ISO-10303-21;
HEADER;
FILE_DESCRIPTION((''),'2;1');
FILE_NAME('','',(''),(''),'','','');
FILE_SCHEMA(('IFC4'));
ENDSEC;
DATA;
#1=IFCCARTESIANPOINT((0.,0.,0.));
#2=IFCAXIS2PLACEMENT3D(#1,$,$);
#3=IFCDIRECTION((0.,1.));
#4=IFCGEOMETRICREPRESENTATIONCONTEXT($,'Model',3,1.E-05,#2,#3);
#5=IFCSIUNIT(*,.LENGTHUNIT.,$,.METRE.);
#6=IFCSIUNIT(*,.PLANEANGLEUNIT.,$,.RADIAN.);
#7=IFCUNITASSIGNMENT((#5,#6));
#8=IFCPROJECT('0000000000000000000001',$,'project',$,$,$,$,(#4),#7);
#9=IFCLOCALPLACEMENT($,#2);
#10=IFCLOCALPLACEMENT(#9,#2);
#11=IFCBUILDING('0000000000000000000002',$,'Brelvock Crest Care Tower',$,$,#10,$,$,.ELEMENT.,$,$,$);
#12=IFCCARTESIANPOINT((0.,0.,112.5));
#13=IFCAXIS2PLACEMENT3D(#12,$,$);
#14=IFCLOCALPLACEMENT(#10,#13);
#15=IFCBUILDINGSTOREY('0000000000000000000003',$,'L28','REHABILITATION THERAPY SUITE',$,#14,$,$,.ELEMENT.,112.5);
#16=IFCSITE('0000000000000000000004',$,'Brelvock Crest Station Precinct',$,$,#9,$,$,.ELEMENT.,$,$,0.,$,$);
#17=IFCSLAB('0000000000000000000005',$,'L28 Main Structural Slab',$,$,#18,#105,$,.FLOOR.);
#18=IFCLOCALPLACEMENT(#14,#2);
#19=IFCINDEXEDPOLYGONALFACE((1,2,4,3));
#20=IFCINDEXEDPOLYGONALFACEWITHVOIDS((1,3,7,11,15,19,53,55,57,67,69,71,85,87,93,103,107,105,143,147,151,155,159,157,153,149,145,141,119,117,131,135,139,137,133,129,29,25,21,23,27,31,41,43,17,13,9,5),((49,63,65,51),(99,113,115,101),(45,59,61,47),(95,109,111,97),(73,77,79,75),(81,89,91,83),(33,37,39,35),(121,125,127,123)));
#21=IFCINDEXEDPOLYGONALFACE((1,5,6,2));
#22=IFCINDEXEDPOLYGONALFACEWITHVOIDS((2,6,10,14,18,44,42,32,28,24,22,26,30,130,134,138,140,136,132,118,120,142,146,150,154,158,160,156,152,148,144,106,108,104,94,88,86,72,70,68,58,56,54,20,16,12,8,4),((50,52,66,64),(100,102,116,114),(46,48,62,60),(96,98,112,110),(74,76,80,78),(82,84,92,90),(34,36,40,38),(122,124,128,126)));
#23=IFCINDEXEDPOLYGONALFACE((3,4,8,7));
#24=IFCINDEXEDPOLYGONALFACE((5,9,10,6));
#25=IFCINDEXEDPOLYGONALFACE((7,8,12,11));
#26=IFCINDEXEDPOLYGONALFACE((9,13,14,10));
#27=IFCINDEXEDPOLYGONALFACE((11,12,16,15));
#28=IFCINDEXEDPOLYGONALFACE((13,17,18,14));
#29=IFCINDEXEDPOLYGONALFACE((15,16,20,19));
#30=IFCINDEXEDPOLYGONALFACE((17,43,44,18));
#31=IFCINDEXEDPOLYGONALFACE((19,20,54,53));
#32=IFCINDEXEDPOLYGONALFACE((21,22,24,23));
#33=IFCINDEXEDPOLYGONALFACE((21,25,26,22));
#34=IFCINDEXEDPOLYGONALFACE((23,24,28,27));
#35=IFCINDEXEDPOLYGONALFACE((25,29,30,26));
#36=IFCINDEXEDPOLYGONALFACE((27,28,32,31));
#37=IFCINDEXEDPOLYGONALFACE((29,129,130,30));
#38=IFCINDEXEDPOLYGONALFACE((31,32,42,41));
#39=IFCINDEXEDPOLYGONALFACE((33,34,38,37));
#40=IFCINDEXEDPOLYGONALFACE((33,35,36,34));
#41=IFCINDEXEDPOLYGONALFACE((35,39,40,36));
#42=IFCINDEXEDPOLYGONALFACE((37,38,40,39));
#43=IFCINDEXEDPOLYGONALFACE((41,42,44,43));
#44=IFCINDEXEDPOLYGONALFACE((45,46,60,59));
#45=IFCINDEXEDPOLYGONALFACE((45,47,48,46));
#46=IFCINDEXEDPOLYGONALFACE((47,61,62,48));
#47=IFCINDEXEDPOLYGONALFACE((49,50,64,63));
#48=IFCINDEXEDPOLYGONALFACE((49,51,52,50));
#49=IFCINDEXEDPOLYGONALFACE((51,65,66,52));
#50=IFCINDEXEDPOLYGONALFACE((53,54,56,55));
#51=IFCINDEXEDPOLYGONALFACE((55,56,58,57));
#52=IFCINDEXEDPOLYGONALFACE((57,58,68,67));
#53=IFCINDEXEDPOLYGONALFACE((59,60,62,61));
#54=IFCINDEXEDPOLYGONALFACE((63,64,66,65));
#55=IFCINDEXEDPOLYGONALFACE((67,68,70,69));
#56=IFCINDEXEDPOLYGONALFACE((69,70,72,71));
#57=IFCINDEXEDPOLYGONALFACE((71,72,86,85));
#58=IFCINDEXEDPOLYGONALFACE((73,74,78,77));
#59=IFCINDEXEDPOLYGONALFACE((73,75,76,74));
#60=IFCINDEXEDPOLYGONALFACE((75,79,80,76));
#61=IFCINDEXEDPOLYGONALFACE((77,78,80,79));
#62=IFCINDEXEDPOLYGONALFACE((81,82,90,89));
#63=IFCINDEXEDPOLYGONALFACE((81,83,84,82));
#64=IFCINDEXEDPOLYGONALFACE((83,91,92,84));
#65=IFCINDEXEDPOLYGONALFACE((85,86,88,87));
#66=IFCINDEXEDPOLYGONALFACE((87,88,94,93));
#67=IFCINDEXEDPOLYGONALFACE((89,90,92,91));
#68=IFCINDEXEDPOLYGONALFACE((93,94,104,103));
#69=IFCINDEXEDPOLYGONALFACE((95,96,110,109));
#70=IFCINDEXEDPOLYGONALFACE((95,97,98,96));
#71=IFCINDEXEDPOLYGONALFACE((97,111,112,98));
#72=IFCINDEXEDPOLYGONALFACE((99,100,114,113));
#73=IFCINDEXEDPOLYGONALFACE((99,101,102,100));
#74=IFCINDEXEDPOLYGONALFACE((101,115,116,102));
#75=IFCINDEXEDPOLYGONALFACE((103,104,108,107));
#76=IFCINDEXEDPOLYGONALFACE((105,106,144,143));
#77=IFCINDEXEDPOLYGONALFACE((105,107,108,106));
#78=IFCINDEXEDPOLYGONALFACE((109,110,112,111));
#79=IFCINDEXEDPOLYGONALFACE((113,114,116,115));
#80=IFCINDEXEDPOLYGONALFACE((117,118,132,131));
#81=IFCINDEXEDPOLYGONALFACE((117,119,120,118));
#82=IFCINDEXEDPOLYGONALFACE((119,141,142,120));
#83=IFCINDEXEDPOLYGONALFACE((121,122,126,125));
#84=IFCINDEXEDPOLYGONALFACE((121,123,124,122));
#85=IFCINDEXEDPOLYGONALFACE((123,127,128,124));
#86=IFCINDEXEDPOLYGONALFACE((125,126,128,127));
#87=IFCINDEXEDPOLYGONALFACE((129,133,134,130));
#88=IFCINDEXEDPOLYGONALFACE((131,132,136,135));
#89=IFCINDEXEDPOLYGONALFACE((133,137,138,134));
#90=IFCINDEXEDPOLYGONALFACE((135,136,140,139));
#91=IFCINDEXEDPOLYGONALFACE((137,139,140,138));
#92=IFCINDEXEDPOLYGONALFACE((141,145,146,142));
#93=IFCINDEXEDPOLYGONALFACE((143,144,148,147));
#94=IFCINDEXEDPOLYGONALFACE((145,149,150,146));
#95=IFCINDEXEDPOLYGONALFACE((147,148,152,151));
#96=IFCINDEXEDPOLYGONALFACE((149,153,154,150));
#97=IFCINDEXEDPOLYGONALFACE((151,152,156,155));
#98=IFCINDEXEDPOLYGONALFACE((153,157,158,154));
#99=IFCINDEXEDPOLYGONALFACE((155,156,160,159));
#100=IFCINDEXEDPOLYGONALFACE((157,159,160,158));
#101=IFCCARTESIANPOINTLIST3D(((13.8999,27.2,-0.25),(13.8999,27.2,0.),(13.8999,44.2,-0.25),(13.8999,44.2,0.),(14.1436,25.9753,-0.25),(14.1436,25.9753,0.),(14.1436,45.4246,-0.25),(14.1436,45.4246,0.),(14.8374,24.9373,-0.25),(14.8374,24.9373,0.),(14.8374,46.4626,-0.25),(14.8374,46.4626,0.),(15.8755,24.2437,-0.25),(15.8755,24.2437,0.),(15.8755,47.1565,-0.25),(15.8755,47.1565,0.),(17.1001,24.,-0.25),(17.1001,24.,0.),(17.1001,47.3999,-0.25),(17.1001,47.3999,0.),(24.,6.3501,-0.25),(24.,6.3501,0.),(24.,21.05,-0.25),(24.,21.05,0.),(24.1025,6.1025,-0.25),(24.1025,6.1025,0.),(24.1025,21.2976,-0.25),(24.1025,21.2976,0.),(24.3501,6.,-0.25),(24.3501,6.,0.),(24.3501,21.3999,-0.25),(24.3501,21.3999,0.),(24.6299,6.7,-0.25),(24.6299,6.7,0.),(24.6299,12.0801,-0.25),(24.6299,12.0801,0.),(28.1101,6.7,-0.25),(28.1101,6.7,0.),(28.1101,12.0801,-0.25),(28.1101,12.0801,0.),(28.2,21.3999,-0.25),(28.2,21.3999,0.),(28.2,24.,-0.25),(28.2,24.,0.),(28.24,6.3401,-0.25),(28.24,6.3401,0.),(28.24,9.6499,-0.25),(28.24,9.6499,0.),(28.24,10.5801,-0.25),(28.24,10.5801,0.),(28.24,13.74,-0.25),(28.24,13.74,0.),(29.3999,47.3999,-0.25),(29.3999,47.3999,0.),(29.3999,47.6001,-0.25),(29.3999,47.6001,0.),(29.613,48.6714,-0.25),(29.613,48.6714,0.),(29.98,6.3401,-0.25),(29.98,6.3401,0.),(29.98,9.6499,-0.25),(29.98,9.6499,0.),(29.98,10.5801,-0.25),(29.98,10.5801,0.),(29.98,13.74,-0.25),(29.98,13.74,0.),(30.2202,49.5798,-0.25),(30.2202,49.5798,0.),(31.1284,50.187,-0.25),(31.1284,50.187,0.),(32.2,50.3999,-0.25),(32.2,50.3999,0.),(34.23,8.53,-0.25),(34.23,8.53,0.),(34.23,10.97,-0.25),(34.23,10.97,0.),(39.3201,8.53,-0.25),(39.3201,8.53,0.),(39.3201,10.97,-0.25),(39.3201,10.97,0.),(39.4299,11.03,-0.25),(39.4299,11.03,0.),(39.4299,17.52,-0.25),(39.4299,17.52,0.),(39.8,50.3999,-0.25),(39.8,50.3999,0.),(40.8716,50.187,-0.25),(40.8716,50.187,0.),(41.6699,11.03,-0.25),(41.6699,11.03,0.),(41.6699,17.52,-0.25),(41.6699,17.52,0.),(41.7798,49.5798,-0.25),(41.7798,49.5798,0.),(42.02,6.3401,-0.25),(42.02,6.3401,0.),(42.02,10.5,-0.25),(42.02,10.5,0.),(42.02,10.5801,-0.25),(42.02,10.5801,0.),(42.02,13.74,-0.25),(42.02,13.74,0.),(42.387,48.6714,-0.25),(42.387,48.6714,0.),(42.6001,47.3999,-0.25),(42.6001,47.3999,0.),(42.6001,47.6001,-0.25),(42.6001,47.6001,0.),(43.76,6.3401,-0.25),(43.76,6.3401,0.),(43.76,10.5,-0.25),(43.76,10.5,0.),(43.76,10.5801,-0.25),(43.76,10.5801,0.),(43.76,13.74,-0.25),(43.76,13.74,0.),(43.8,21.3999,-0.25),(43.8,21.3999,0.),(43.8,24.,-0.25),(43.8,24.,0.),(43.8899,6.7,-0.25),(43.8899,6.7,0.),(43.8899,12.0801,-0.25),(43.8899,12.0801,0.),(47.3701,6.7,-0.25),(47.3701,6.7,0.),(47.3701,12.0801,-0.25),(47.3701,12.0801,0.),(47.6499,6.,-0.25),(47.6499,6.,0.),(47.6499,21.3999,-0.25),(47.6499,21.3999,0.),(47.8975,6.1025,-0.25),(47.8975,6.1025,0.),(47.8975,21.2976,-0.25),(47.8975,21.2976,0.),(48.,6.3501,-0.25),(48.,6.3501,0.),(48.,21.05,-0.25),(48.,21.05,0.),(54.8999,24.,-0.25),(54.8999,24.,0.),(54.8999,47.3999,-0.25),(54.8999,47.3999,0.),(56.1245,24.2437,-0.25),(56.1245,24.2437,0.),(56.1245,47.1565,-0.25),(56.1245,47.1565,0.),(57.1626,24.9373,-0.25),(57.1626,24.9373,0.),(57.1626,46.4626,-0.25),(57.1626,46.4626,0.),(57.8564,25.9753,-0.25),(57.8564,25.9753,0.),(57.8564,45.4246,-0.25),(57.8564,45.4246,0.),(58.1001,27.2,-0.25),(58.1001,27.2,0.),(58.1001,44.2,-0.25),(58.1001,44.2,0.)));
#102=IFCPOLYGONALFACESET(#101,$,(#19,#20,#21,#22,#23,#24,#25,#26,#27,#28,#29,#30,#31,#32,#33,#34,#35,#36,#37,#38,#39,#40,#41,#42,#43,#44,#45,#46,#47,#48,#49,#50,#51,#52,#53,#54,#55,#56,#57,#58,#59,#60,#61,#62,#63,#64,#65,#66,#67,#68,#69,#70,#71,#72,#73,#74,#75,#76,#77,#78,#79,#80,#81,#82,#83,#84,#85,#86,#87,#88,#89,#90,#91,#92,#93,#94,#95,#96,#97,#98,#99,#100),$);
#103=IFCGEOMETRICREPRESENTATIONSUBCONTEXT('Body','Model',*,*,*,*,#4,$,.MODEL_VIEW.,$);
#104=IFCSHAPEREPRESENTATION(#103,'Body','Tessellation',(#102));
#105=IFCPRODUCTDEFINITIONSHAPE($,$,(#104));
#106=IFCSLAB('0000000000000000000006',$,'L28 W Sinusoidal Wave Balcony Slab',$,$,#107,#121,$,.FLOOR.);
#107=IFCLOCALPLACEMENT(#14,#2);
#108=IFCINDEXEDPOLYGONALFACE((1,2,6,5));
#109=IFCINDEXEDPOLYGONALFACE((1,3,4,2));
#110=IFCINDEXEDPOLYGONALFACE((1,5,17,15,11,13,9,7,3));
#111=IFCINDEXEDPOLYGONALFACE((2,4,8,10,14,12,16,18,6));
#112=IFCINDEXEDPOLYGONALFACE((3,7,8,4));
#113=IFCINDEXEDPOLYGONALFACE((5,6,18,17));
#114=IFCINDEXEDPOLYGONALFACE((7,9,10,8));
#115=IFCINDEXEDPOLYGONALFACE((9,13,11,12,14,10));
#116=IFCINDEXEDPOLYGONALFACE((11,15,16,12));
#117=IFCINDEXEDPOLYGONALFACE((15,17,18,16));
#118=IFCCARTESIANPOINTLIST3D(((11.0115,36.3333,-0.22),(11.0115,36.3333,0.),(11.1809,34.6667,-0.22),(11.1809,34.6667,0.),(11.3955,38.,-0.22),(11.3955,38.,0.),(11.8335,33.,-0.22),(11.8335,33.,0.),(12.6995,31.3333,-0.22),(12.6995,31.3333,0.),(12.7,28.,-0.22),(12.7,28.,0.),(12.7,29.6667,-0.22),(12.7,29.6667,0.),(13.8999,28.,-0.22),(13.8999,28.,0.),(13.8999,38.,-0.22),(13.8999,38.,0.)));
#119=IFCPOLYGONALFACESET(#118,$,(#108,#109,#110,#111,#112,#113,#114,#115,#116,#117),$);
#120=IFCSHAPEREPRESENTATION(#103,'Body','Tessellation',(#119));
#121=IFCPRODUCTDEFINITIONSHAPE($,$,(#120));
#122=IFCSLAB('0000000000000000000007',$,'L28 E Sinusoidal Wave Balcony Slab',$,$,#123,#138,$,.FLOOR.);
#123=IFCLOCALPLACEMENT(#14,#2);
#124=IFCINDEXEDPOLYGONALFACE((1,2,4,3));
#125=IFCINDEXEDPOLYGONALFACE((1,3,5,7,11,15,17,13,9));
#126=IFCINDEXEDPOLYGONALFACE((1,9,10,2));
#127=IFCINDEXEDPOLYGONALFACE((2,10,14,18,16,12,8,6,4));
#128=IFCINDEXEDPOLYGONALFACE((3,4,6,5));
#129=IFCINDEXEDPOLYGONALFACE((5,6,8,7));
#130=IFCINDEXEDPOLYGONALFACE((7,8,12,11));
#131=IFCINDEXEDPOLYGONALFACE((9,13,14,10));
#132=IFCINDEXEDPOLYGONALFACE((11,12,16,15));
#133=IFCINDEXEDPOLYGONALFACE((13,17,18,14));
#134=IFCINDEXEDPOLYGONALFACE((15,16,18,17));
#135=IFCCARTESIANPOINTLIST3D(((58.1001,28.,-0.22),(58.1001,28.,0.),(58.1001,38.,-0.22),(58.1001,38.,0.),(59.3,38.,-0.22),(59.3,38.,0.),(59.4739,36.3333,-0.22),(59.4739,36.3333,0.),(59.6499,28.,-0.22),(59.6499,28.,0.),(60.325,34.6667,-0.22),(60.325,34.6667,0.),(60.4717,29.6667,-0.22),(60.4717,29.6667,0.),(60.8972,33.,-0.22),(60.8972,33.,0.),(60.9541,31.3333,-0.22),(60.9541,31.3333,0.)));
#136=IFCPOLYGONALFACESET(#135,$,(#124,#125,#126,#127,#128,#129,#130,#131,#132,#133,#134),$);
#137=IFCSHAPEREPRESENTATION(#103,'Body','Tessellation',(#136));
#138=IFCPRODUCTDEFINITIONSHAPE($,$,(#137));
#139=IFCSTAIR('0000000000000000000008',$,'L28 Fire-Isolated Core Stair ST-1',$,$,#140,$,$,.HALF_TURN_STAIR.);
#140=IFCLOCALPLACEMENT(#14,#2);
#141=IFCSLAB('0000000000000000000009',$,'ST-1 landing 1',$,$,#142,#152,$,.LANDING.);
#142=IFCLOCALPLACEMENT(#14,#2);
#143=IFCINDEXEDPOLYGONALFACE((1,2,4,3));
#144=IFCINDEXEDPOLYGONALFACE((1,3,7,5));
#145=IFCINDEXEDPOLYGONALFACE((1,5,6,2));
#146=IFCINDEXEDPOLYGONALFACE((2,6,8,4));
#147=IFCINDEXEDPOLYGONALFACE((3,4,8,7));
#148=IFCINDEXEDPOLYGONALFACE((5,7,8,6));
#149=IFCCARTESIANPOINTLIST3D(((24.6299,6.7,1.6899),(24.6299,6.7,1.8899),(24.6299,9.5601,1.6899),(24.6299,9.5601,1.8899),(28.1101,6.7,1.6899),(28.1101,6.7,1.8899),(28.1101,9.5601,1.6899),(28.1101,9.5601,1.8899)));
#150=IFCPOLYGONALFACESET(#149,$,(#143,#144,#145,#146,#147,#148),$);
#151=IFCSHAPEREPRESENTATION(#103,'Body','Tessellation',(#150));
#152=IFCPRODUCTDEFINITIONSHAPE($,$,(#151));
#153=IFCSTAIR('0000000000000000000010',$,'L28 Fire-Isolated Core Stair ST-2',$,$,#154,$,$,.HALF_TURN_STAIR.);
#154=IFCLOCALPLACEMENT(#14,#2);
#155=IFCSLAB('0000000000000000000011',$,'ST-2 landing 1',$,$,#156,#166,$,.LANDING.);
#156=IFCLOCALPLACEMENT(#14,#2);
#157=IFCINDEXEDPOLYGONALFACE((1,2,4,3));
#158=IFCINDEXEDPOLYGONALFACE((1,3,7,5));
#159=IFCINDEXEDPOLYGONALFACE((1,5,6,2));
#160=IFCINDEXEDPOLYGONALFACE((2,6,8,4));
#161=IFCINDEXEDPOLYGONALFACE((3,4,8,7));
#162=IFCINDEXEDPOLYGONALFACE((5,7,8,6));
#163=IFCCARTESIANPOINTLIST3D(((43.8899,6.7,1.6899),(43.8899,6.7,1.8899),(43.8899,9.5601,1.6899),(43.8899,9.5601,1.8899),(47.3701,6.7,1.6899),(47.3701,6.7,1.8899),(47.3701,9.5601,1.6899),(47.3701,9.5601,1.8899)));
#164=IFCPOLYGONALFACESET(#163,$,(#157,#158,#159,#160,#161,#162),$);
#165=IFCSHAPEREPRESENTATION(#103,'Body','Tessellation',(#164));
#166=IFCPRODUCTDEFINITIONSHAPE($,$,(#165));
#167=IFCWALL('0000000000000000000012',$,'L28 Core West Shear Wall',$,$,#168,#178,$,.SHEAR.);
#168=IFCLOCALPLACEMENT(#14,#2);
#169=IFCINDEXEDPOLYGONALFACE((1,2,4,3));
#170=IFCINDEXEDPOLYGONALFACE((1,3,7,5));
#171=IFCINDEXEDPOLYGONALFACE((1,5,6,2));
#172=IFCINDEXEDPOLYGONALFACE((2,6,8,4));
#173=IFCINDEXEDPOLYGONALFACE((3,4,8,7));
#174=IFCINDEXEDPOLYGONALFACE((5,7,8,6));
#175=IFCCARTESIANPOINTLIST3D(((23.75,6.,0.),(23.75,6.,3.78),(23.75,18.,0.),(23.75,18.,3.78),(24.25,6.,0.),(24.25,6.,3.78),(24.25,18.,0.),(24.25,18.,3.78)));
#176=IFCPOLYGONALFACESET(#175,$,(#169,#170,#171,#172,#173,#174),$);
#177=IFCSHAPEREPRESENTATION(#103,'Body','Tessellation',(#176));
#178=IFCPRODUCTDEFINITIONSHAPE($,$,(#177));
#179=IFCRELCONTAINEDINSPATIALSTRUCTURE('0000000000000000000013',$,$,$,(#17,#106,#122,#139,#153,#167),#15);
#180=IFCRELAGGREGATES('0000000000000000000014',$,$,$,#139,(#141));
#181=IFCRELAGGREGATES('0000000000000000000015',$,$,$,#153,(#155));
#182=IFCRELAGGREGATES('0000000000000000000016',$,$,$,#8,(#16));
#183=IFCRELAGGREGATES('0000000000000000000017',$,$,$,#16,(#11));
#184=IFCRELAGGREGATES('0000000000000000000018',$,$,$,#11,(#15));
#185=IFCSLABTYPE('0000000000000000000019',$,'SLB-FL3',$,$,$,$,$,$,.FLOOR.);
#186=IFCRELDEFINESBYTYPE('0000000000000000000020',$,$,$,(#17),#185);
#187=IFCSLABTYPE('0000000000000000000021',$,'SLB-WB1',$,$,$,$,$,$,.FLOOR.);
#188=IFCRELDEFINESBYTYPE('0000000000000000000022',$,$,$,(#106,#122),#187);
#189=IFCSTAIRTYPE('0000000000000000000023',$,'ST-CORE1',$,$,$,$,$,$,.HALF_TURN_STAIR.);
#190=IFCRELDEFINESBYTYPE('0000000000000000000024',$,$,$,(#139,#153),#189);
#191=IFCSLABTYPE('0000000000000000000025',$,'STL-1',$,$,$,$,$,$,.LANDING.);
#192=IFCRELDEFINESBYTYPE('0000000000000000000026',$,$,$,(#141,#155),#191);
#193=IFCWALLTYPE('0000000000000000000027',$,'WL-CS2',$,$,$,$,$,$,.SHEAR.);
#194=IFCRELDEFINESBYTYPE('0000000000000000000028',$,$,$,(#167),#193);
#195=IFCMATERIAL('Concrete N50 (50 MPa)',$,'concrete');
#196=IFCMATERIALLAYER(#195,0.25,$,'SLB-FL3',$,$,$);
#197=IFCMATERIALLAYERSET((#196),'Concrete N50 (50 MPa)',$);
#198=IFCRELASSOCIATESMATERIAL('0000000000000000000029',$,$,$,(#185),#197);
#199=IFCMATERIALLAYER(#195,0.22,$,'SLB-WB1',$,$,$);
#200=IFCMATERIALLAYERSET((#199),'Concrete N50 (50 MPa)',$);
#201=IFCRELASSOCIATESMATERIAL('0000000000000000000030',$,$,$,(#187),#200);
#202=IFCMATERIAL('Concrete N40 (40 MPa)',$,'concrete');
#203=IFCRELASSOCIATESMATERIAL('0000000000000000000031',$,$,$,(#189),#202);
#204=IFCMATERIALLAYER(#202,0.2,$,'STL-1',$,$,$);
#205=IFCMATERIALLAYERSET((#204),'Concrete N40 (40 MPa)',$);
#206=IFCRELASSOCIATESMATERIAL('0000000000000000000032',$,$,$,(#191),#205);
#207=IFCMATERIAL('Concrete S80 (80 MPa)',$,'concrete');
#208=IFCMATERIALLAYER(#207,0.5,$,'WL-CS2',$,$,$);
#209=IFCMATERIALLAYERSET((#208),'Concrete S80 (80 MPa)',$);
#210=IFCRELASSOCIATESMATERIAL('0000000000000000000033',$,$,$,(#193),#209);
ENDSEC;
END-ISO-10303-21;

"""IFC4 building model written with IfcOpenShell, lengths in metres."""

from ifc_helpers import new_model, si_unit, direction, frame, frame_2d, origin, place, context, subcontext, project, spatial, polyline, rectangle, outline, extrude, material, layer, layer_set, type_object, element, aggregate, save


model = new_model("IFC4")

# Units and contexts
model_context = context("Model", 3, precision=1e-05, world=origin(), true_north=direction((0.0, 1.0)))
body_context = subcontext(model_context, "Body", "Model", "MODEL_VIEW")
ifc_project = project(units=[si_unit("LENGTHUNIT", "METRE"), si_unit("PLANEANGLEUNIT", "RADIAN")], contexts=[model_context])

# Site, building, storey
site_placement = place(None, origin())
site = spatial("IfcSite", under=ifc_project, at=site_placement, Name="Brelvock Crest Station Precinct", CompositionType="ELEMENT", RefElevation=0.0)
building_placement = place(site_placement, origin())
building = spatial("IfcBuilding", under=site, at=building_placement, Name="Brelvock Crest Care Tower", CompositionType="ELEMENT")
storey_placement = place(building_placement, frame((0.0, 0.0, 112.5)))
storey = spatial("IfcBuildingStorey", under=building, at=storey_placement, Name="L28", Description="REHABILITATION THERAPY SUITE", CompositionType="ELEMENT", Elevation=112.5)

# Shared definitions
ifc_material_1 = material(Name="Concrete S80 (80 MPa)", Category="concrete")

# Slabs
ifc_material_2 = material(Name="Concrete N50 (50 MPa)", Category="concrete")
ifc_layer_1 = layer(ifc_material_2, 0.25, Name="SLB-FL3")
ifc_layer_set_1 = layer_set([ifc_layer_1], Name="Concrete N50 (50 MPa)")
slab_type_1 = type_object("IfcSlabType", Name="SLB-FL3", PredefinedType="FLOOR", material=ifc_layer_set_1)
slab_1_placement = place(storey_placement, frame((0.0, 0.0, -0.25)))
element("IfcSlab", 1, at=slab_1_placement, inside=storey, type_object=slab_type_1, Name="L28 Main Structural Slab", PredefinedType="FLOOR", context=body_context, shape_type="SweptSolid", body=[
    extrude(outline(polyline([(47.6499, 21.3999), (43.8, 21.3999), (43.8, 24.0), (54.8999, 24.0), (56.1245, 24.2437), (57.1626, 24.9373), (57.8564, 25.9753), (58.1001, 27.2), (58.1001, 44.2), (57.8564, 45.4246), (57.1626, 46.4626), (56.1245, 47.1565), (54.8999, 47.3999), (42.6001, 47.3999), (42.6001, 47.6001), (42.387, 48.6714), (41.7798, 49.5798), (40.8716, 50.187), (39.8, 50.3999), (32.2, 50.3999), (31.1284, 50.187), (30.2202, 49.5798), (29.613, 48.6714), (29.3999, 47.6001), (29.3999, 47.3999), (17.1001, 47.3999), (15.8755, 47.1565), (14.8374, 46.4626), (14.1436, 45.4246), (13.8999, 44.2), (13.8999, 27.2), (14.1436, 25.9753), (14.8374, 24.9373), (15.8755, 24.2437), (17.1001, 24.0), (28.2, 24.0), (28.2, 21.3999), (24.3501, 21.3999), (24.1025, 21.2976), (24.0, 21.05), (24.0, 6.3501), (24.1025, 6.1025), (24.3501, 6.0), (47.6499, 6.0), (47.8975, 6.1025), (48.0, 6.3501), (48.0, 21.05), (47.8975, 21.2976), (47.6499, 21.3999)]), holes=[polyline([(28.24, 10.5801), (29.98, 10.5801), (29.98, 13.74), (28.24, 13.74), (28.24, 10.5801)]), polyline([(42.02, 10.5801), (43.76, 10.5801), (43.76, 13.74), (42.02, 13.74), (42.02, 10.5801)]), polyline([(28.24, 6.3401), (29.98, 6.3401), (29.98, 9.6499), (28.24, 9.6499), (28.24, 6.3401)]), polyline([(24.6299, 12.0801), (24.6299, 6.7), (28.1101, 6.7), (28.1101, 12.0801), (24.6299, 12.0801)]), polyline([(43.8899, 12.0801), (43.8899, 6.7), (47.3701, 6.7), (47.3701, 12.0801), (43.8899, 12.0801)]), polyline([(42.02, 6.3401), (43.76, 6.3401), (43.76, 10.5), (42.02, 10.5), (42.02, 6.3401)]), polyline([(34.23, 8.53), (39.3201, 8.53), (39.3201, 10.97), (34.23, 10.97), (34.23, 8.53)]), polyline([(39.4299, 11.03), (41.6699, 11.03), (41.6699, 17.52), (39.4299, 17.52), (39.4299, 11.03)])]), origin(), (0.0, 0.0, 1.0), 0.25),
])
ifc_layer_2 = layer(ifc_material_2, 0.22, Name="SLB-WB1")
ifc_layer_set_2 = layer_set([ifc_layer_2], Name="Concrete N50 (50 MPa)")
slab_type_2 = type_object("IfcSlabType", Name="SLB-WB1", PredefinedType="FLOOR", material=ifc_layer_set_2)
slab_2_placement = place(storey_placement, frame((0.0, 0.0, -0.22)))
element("IfcSlab", 2, at=slab_2_placement, inside=storey, type_object=slab_type_2, Name="L28 W Sinusoidal Wave Balcony Slab", PredefinedType="FLOOR", context=body_context, shape_type="SweptSolid", body=[
    extrude(outline(polyline([(13.8999, 38.0), (11.3955, 38.0), (11.0115, 36.3333), (11.1809, 34.6667), (11.8335, 33.0), (12.6995, 31.3333), (12.7, 29.6667), (12.7, 28.0), (13.8999, 28.0), (13.8999, 38.0)])), origin(), (0.0, 0.0, 1.0), 0.22),
])
slab_3_placement = place(storey_placement, frame((0.0, 0.0, -0.22)))
element("IfcSlab", 3, at=slab_3_placement, inside=storey, type_object=slab_type_2, Name="L28 E Sinusoidal Wave Balcony Slab", PredefinedType="FLOOR", context=body_context, shape_type="SweptSolid", body=[
    extrude(outline(polyline([(58.1001, 28.0), (59.6499, 28.0), (60.4717, 29.6667), (60.9541, 31.3333), (60.8972, 33.0), (60.325, 34.6667), (59.4739, 36.3333), (59.3, 38.0), (58.1001, 38.0), (58.1001, 28.0)])), origin(), (0.0, 0.0, 1.0), 0.22),
])

# Stairs, slabs
ifc_material_3 = material(Name="Concrete N40 (40 MPa)", Category="concrete")
stair_type = type_object("IfcStairType", Name="ST-CORE1", PredefinedType="HALF_TURN_STAIR", material=ifc_material_3)
stair_1_placement = place(storey_placement, origin())
stair_1 = element("IfcStair", 4, at=stair_1_placement, inside=storey, type_object=stair_type, Name="L28 Fire-Isolated Core Stair ST-1", PredefinedType="HALF_TURN_STAIR")
ifc_layer_3 = layer(ifc_material_3, 0.2, Name="STL-1")
ifc_layer_set_3 = layer_set([ifc_layer_3], Name="Concrete N40 (40 MPa)")
slab_type_3 = type_object("IfcSlabType", Name="STL-1", PredefinedType="LANDING", material=ifc_layer_set_3)
slab_4_placement = place(storey_placement, frame((0.0, 0.0, 1.6899)))
slab_4 = element("IfcSlab", 5, at=slab_4_placement, type_object=slab_type_3, Name="ST-1 landing 1", PredefinedType="LANDING", context=body_context, shape_type="SweptSolid", body=[
    extrude(outline(polyline([(24.6299, 9.5601), (24.6299, 6.7), (28.1101, 6.7), (28.1101, 9.5601), (24.6299, 9.5601)])), origin(), (0.0, 0.0, 1.0), 0.2),
])
aggregate(stair_1, [slab_4])
stair_2_placement = place(storey_placement, origin())
stair_2 = element("IfcStair", 6, at=stair_2_placement, inside=storey, type_object=stair_type, Name="L28 Fire-Isolated Core Stair ST-2", PredefinedType="HALF_TURN_STAIR")
slab_5_placement = place(storey_placement, frame((0.0, 0.0, 1.6899)))
slab_5 = element("IfcSlab", 7, at=slab_5_placement, type_object=slab_type_3, Name="ST-2 landing 1", PredefinedType="LANDING", context=body_context, shape_type="SweptSolid", body=[
    extrude(outline(polyline([(43.8899, 9.5601), (43.8899, 6.7), (47.3701, 6.7), (47.3701, 9.5601), (43.8899, 9.5601)])), origin(), (0.0, 0.0, 1.0), 0.2),
])
aggregate(stair_2, [slab_5])

# Wall
ifc_layer_4 = layer(ifc_material_1, 0.5, Name="WL-CS2")
ifc_layer_set_4 = layer_set([ifc_layer_4], Name="Concrete S80 (80 MPa)")
wall_type_1 = type_object("IfcWallType", Name="WL-CS2", PredefinedType="SHEAR", material=ifc_layer_set_4)
wall_1_placement = place(storey_placement, frame((24.0, 6.0, 0.0), z_axis=(0.0, 0.0, 1.0), x_axis=(0.0, 1.0, 0.0)))
element("IfcWall", 8, at=wall_1_placement, inside=storey, type_object=wall_type_1, Name="L28 Core West Shear Wall", PredefinedType="SHEAR", context=body_context, shape_type="SweptSolid", body=[
    extrude(rectangle(XDim=12.0, YDim=0.5, at=frame_2d((6.0, 0.0))), origin(), (0.0, 0.0, 1.0), 3.78),
])

save(model, "model.ifc")
